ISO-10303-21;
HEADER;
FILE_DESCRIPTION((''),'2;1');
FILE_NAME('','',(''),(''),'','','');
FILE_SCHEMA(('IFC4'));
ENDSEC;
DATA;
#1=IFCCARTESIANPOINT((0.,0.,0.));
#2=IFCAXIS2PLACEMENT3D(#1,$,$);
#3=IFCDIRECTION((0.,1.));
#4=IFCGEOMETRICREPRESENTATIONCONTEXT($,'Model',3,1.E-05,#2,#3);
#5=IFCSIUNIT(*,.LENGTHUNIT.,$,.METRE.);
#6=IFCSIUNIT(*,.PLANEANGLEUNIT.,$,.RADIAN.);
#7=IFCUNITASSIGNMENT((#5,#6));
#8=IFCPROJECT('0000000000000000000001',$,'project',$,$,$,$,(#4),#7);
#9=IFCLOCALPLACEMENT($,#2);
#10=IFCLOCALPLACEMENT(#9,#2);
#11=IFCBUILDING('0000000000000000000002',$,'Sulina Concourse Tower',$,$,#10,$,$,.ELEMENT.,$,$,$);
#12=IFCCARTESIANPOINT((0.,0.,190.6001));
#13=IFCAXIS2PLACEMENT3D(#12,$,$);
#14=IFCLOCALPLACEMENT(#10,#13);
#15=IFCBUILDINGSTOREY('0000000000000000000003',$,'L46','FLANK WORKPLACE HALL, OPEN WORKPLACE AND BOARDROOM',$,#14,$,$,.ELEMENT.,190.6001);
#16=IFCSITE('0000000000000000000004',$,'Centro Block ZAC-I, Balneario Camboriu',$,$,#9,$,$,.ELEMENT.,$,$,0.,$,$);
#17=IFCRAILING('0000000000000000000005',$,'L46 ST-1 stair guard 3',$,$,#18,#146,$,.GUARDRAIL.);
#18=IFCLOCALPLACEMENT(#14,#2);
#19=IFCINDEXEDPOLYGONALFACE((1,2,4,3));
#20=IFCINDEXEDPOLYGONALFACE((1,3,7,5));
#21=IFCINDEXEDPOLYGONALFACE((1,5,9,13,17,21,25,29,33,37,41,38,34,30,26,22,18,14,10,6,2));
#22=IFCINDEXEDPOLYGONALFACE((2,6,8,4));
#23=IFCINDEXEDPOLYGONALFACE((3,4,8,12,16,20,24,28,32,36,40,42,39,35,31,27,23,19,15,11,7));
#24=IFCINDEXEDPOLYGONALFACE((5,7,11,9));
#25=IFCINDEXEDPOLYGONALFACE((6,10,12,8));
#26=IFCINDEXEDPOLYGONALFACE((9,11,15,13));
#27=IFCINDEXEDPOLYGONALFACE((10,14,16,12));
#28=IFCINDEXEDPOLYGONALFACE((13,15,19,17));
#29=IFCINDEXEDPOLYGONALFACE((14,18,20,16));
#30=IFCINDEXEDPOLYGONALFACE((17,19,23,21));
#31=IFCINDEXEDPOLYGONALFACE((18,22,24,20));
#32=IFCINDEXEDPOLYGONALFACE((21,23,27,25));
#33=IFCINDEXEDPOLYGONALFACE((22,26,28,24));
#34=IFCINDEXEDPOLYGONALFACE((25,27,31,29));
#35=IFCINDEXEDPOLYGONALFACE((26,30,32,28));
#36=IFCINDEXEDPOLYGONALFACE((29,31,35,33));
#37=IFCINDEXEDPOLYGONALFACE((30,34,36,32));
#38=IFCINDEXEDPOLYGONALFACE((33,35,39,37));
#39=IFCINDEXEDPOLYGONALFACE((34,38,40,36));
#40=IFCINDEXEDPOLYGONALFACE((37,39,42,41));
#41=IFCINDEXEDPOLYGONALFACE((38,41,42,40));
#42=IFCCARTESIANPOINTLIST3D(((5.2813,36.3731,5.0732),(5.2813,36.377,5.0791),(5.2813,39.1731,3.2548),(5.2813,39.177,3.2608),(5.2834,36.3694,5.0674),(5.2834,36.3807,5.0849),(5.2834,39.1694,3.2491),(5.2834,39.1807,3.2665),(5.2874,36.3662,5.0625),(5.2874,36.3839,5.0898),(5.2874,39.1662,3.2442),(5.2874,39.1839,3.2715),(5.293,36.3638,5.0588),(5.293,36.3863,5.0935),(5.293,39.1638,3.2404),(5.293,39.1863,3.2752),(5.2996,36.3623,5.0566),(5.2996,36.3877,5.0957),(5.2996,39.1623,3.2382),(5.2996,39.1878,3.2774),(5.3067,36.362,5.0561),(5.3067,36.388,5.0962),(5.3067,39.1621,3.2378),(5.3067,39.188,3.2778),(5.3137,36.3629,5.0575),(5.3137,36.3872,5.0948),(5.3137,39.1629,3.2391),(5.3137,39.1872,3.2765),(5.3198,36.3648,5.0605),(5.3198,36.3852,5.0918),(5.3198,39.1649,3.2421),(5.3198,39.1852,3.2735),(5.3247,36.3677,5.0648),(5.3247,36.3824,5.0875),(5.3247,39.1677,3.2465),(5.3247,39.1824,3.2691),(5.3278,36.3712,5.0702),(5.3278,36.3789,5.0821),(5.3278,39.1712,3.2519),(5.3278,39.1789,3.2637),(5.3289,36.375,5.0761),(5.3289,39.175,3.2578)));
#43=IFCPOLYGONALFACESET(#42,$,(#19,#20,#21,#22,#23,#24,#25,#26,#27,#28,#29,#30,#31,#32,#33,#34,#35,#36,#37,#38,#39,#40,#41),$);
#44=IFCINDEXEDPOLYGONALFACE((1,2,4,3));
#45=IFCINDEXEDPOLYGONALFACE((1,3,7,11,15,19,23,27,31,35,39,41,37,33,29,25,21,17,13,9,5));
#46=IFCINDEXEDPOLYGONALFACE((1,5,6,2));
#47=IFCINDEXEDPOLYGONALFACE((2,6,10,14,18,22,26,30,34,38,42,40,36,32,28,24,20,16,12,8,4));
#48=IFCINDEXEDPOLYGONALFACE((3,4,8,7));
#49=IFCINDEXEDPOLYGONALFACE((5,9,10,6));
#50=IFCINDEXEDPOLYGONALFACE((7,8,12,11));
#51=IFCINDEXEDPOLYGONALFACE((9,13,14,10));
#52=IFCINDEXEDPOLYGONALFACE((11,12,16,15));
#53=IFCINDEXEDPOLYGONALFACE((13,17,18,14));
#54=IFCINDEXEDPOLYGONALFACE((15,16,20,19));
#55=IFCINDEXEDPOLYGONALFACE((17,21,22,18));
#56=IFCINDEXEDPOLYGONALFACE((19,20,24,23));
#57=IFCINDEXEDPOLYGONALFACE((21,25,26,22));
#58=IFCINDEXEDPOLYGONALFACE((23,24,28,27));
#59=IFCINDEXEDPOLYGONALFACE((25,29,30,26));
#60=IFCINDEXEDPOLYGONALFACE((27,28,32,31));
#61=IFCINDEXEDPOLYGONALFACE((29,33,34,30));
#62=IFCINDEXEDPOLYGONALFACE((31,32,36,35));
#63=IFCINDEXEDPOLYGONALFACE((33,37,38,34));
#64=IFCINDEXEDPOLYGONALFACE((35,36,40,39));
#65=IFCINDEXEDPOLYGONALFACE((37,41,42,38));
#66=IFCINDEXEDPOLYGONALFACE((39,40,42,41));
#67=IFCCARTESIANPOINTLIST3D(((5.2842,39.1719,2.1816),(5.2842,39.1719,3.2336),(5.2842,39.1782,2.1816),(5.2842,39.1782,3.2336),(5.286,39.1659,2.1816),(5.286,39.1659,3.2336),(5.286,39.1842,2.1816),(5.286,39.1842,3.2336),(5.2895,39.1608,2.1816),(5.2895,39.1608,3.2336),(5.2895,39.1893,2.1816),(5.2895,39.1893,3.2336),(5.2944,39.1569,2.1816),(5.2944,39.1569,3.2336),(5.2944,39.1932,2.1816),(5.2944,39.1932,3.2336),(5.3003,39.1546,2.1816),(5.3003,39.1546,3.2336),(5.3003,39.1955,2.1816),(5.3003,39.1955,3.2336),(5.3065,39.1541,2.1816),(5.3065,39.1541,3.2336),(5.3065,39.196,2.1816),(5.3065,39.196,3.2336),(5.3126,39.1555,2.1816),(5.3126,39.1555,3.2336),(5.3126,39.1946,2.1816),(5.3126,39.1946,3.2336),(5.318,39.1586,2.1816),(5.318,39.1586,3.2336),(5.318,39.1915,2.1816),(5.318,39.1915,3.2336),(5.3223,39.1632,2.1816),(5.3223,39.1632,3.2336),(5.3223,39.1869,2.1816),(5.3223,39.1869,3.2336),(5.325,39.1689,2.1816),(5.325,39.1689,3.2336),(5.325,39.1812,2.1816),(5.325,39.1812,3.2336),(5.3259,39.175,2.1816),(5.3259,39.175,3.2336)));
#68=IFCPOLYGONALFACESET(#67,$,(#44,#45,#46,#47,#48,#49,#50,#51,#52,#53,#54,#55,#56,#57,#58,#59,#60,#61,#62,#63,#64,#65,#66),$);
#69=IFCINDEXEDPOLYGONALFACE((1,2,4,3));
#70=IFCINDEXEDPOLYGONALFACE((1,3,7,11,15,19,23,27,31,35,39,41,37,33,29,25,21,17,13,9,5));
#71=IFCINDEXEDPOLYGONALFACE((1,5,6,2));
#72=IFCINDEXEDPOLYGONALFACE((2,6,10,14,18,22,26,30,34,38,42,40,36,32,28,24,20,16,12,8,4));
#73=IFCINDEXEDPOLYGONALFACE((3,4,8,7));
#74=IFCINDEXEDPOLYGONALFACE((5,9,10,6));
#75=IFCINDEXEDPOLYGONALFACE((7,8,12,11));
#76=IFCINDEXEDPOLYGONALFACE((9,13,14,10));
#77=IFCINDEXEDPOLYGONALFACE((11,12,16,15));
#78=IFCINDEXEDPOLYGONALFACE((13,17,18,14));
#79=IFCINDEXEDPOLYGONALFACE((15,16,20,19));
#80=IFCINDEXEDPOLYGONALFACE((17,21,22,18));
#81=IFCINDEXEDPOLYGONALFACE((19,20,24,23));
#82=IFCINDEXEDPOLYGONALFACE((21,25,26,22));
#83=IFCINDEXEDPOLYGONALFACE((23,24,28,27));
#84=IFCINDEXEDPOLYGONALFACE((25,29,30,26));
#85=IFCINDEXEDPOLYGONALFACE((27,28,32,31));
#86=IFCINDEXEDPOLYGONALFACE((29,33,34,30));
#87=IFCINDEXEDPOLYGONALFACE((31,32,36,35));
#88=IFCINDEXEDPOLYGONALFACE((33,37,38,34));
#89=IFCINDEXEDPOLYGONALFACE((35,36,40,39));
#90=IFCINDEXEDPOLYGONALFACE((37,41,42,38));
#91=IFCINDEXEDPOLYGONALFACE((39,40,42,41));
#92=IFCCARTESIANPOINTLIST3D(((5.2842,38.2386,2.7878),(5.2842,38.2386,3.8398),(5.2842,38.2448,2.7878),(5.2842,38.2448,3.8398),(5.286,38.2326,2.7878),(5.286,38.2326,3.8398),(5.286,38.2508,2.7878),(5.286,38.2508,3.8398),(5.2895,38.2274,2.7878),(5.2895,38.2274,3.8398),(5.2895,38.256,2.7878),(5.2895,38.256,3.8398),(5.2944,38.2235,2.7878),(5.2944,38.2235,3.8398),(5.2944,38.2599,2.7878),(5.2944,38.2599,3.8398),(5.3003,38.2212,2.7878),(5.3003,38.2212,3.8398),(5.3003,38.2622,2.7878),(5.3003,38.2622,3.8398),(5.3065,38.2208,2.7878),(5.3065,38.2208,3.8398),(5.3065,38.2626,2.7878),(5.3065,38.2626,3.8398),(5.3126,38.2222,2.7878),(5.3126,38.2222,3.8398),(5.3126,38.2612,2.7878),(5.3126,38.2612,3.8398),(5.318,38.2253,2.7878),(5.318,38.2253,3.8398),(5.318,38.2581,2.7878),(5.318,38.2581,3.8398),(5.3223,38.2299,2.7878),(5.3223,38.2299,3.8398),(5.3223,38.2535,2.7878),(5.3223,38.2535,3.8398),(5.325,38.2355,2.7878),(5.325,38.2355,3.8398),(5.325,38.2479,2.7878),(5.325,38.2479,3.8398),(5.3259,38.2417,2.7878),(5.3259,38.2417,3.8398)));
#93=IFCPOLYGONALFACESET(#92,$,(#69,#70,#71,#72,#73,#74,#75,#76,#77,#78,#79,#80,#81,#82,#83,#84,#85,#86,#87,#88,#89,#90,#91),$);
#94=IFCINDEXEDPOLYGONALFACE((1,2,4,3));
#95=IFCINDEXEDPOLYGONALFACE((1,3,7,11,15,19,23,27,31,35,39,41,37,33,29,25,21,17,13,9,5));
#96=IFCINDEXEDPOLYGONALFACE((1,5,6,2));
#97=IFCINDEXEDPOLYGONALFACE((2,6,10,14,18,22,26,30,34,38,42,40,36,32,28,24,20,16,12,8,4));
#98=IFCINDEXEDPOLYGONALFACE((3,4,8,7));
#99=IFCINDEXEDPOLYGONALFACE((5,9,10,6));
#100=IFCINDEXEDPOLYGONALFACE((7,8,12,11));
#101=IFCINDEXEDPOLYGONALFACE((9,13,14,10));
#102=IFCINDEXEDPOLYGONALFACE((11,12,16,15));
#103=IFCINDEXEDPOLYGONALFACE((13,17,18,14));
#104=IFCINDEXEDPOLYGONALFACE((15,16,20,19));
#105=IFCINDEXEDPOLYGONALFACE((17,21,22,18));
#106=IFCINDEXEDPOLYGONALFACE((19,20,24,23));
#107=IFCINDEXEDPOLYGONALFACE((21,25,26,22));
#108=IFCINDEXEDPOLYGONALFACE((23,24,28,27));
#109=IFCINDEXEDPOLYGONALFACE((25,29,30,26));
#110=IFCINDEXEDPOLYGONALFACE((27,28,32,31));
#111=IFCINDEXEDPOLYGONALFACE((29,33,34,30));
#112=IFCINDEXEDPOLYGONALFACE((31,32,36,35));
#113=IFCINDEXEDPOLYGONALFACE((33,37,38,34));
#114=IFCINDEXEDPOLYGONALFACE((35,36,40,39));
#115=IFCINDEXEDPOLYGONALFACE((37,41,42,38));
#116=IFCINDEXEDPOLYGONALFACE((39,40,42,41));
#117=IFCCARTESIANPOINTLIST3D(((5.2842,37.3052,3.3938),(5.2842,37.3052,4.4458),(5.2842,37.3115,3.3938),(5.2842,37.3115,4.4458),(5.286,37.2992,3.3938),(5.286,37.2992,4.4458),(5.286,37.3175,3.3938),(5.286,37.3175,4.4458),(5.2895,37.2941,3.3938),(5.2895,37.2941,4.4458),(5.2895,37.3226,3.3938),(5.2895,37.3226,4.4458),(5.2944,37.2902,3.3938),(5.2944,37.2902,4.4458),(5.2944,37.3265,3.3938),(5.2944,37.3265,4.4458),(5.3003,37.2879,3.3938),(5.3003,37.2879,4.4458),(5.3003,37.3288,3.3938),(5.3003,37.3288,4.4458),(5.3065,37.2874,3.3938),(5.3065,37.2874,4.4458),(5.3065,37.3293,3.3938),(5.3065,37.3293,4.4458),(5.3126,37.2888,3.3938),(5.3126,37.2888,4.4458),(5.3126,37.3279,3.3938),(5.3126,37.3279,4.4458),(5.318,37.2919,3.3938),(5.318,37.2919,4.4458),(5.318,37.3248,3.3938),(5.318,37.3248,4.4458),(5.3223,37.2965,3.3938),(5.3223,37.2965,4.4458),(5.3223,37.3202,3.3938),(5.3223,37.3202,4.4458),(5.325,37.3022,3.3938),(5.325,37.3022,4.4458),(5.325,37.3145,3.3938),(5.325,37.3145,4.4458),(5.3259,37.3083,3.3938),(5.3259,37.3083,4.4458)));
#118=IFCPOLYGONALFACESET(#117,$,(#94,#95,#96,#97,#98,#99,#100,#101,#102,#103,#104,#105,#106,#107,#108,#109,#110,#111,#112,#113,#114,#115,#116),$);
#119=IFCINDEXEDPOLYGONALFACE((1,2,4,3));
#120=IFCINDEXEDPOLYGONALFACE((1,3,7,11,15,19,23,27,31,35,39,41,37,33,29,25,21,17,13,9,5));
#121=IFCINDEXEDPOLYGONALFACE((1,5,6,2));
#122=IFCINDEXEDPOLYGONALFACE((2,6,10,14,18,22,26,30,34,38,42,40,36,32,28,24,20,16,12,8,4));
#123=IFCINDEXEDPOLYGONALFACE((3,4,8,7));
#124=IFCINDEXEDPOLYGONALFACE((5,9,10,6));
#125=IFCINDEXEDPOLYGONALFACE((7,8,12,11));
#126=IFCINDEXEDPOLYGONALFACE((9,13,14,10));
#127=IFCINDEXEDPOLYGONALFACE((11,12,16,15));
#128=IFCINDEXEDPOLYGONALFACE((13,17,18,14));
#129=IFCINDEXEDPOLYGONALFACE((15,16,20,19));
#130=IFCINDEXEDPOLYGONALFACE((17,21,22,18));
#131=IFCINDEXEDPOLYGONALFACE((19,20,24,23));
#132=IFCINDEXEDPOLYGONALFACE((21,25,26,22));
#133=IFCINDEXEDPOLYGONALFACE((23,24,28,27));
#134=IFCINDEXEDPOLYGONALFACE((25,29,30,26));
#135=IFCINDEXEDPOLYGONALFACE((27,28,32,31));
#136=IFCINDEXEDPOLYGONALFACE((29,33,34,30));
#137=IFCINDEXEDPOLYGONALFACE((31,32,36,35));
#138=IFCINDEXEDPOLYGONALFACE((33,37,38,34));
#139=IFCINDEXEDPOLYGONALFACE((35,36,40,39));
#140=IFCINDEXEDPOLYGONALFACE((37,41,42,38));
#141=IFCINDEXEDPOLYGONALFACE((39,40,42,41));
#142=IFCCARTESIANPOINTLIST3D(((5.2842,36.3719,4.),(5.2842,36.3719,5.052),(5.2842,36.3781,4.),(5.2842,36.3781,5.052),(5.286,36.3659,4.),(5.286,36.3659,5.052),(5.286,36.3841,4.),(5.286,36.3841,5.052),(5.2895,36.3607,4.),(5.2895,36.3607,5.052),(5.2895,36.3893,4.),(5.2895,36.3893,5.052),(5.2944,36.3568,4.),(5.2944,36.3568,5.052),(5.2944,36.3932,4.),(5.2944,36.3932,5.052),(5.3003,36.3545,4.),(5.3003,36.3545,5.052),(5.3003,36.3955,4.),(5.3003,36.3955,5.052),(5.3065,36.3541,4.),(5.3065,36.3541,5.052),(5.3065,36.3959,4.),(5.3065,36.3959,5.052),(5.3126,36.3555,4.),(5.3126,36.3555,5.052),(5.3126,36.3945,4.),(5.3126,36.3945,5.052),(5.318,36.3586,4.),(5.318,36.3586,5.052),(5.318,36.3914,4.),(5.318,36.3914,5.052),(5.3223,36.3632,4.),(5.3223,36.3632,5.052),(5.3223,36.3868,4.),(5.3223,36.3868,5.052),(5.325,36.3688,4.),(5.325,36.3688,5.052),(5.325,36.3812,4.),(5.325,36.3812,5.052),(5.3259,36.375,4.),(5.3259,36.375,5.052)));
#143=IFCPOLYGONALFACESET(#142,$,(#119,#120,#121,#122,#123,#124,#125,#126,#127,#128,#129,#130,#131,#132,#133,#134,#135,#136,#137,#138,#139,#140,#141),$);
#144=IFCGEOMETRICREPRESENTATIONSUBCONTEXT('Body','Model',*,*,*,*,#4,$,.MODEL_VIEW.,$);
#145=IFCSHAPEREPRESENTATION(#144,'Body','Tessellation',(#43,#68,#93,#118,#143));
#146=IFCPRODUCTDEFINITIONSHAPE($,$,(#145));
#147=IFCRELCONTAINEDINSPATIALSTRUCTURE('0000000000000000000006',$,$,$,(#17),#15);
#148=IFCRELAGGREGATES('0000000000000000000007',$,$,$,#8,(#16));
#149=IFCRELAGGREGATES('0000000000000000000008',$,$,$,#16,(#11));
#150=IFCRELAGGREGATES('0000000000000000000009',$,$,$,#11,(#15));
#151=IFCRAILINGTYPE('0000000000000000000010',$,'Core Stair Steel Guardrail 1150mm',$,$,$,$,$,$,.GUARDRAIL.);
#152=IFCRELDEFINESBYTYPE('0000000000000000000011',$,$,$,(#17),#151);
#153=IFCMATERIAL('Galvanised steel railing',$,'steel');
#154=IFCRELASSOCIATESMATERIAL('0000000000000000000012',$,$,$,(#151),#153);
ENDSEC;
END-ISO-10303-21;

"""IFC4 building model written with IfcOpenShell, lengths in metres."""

from ifc_helpers import new_model, si_unit, direction, frame, origin, origin_2d, place, context, subcontext, project, spatial, circle, extrude, material, type_object, element, save


model = new_model("IFC4")

# Units and contexts
model_context = context("Model", 3, precision=1e-05, world=origin(), true_north=direction((0.0, 1.0)))
body_context = subcontext(model_context, "Body", "Model", "MODEL_VIEW")
ifc_project = project(units=[si_unit("LENGTHUNIT", "METRE"), si_unit("PLANEANGLEUNIT", "RADIAN")], contexts=[model_context])

# Site, building, storey
site_placement = place(None, origin())
site = spatial("IfcSite", under=ifc_project, at=site_placement, Name="Centro Block ZAC-I, Balneario Camboriu", CompositionType="ELEMENT", RefElevation=0.0)
building_placement = place(site_placement, origin())
building = spatial("IfcBuilding", under=site, at=building_placement, Name="Sulina Concourse Tower", CompositionType="ELEMENT")
storey_placement = place(building_placement, frame((0.0, 0.0, 190.6001)))
storey = spatial("IfcBuildingStorey", under=building, at=storey_placement, Name="L46", Description="FLANK WORKPLACE HALL, OPEN WORKPLACE AND BOARDROOM", CompositionType="ELEMENT", Elevation=190.6001)

# Railing
ifc_material_1 = material(Name="Galvanised steel railing", Category="steel")
railing_type_1 = type_object("IfcRailingType", Name="Core Stair Steel Guardrail 1150mm", PredefinedType="GUARDRAIL", material=ifc_material_1)
railing_1_placement = place(storey_placement, frame((5.3049, 39.175, 2.1816)))
element("IfcRailing", 1, at=railing_1_placement, inside=storey, type_object=railing_type_1, Name="L46 ST-1 stair guard 3", PredefinedType="GUARDRAIL", context=body_context, shape_type="SweptSolid", body=[
    extrude(circle(Radius=0.0239, at=origin_2d()), frame((0.0, 0.0, 1.0762), z_axis=(0.0, -0.838672, 0.544636), x_axis=(1.0, 0.0, 0.0)), (0.0, 0.0, 1.0), 3.3386),
    extrude(circle(Radius=0.021, at=origin_2d()), origin(), (0.0, 0.0, 1.0), 1.052),
    extrude(circle(Radius=0.021, at=origin_2d()), frame((0.0, -0.9333, 0.6062)), (0.0, 0.0, 1.0), 1.052),
    extrude(circle(Radius=0.021, at=origin_2d()), frame((0.0, -1.8667, 1.2122)), (0.0, 0.0, 1.0), 1.052),
    extrude(circle(Radius=0.021, at=origin_2d()), frame((0.0, -2.8, 1.8184)), (0.0, 0.0, 1.0), 1.052),
])

save(model, "model.ifc")
